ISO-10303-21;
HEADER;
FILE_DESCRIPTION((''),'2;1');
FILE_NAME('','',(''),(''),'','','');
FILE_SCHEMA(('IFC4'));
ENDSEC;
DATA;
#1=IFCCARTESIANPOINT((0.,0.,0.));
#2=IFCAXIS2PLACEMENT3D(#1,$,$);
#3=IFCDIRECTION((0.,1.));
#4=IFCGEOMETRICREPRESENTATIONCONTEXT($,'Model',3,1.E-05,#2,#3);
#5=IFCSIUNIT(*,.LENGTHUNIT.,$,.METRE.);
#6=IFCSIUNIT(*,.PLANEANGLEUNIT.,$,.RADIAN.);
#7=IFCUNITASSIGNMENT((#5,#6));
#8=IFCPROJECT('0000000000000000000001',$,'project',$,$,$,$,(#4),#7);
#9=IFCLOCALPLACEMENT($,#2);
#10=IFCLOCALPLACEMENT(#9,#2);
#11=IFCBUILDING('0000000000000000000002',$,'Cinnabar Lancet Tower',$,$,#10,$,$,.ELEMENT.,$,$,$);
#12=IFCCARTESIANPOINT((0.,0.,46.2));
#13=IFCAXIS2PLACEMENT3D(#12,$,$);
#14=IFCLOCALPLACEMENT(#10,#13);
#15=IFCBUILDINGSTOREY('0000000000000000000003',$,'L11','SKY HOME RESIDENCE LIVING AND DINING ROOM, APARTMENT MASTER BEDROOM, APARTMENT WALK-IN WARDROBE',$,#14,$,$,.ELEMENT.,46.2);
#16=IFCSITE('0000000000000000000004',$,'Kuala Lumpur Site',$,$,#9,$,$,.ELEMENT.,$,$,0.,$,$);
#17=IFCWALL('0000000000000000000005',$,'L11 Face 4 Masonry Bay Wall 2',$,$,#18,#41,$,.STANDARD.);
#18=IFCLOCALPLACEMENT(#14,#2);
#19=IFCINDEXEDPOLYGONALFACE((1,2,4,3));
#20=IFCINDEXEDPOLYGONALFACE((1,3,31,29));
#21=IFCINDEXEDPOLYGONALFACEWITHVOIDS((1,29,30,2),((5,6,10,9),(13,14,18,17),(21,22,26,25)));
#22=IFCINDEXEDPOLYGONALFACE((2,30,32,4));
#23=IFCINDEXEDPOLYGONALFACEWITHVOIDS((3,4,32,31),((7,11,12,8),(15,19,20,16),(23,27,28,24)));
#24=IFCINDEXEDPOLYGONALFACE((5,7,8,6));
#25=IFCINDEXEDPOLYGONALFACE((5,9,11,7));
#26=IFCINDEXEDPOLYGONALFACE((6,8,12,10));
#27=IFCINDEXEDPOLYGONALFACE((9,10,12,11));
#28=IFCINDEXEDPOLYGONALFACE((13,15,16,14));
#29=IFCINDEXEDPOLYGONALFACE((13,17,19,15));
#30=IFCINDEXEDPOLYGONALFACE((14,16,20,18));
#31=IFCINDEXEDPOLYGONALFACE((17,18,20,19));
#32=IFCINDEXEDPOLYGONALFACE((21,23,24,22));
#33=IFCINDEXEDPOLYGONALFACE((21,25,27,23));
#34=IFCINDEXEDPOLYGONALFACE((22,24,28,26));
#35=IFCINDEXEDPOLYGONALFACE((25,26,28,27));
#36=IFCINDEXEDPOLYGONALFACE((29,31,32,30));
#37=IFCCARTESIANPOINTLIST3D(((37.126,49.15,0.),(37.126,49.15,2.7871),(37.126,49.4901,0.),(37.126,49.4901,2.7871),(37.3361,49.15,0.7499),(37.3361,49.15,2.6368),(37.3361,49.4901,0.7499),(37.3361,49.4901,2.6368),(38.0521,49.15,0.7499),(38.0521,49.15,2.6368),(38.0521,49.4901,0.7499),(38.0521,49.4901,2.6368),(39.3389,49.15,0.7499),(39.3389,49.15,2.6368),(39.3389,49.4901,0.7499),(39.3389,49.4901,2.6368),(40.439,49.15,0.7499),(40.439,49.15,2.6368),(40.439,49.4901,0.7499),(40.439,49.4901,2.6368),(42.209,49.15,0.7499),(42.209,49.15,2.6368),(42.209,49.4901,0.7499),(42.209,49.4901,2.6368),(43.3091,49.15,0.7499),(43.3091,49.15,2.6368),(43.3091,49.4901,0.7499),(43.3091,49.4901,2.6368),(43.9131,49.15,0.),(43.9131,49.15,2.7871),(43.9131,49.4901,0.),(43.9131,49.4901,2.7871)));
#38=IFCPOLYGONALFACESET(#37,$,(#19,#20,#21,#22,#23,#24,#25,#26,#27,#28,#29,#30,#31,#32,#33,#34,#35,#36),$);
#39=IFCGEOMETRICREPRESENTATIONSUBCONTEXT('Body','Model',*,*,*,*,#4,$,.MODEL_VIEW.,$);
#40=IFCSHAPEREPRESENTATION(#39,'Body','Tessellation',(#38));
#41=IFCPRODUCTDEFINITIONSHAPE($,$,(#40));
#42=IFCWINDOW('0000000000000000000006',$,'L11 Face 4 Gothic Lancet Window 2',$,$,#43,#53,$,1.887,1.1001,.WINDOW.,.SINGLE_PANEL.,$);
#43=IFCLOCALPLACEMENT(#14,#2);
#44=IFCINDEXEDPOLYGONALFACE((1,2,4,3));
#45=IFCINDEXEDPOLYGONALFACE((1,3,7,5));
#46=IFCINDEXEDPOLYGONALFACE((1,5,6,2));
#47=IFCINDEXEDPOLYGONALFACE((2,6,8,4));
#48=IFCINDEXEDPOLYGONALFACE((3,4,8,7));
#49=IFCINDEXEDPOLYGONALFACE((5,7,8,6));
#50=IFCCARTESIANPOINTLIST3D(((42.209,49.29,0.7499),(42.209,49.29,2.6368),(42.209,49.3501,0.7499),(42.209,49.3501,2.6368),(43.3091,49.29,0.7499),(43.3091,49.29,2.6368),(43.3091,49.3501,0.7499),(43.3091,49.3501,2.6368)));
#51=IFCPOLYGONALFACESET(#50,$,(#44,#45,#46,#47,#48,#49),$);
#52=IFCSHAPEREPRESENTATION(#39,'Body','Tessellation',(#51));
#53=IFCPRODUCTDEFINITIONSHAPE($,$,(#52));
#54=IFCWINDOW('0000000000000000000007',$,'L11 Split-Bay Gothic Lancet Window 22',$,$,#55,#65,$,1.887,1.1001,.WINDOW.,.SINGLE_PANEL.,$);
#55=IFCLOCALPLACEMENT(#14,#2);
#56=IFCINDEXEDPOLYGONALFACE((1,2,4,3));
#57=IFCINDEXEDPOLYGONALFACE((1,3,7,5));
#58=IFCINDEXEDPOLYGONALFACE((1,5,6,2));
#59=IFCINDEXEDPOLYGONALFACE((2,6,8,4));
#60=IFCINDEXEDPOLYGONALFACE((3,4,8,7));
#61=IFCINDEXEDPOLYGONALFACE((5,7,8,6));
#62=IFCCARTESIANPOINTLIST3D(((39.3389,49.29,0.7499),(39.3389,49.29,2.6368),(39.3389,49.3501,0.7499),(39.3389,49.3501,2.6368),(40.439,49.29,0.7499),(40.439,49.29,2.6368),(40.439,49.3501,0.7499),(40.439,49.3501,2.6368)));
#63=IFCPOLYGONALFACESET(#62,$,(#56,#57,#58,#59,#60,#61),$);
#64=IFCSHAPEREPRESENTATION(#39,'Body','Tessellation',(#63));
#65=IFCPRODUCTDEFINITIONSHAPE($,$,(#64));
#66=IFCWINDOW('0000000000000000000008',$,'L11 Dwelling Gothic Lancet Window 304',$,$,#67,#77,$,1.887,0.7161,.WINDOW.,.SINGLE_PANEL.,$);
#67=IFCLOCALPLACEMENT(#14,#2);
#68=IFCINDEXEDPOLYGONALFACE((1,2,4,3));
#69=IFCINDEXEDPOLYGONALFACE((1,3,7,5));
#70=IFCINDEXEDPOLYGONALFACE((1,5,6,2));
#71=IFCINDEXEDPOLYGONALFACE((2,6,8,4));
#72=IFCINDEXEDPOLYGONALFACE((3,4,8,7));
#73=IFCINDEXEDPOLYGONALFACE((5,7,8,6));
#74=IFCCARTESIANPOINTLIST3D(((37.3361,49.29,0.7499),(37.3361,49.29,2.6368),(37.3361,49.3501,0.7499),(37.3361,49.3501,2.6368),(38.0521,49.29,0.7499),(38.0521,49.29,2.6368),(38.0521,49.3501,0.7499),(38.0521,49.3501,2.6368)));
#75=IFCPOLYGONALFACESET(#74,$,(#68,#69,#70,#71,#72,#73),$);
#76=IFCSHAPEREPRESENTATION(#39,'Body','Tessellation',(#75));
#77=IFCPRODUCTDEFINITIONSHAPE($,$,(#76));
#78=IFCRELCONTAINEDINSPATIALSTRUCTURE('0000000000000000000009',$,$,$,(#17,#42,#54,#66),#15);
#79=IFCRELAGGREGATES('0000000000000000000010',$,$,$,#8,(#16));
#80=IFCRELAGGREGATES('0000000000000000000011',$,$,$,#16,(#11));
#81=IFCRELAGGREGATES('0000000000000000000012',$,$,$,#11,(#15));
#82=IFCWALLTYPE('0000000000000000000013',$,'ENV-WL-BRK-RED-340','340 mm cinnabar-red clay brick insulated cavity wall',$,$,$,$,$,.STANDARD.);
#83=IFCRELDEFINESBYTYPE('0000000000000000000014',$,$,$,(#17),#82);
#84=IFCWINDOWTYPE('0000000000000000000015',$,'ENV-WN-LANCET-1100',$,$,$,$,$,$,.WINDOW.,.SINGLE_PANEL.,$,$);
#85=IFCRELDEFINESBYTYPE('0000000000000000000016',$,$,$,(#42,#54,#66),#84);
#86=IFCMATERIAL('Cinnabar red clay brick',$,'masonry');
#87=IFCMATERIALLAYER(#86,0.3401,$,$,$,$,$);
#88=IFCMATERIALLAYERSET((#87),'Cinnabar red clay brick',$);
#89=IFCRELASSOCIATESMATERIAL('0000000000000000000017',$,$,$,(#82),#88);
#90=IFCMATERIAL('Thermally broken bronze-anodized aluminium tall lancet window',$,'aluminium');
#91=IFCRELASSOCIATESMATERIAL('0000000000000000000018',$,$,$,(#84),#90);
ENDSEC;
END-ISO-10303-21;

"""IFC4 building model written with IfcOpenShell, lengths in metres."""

from ifc_helpers import new_model, si_unit, direction, frame, frame_2d, origin, place, context, subcontext, project, spatial, rectangle, extrude, material, layer, layer_set, type_object, element, fill, save


model = new_model("IFC4")

# Units and contexts
model_context = context("Model", 3, precision=1e-05, world=origin(), true_north=direction((0.0, 1.0)))
body_context = subcontext(model_context, "Body", "Model", "MODEL_VIEW")
ifc_project = project(units=[si_unit("LENGTHUNIT", "METRE"), si_unit("PLANEANGLEUNIT", "RADIAN")], contexts=[model_context])

# Site, building, storey
site_placement = place(None, origin())
site = spatial("IfcSite", under=ifc_project, at=site_placement, Name="Kuala Lumpur Site", CompositionType="ELEMENT", RefElevation=0.0)
building_placement = place(site_placement, origin())
building = spatial("IfcBuilding", under=site, at=building_placement, Name="Cinnabar Lancet Tower", CompositionType="ELEMENT")
storey_placement = place(building_placement, frame((0.0, 0.0, 46.2)))
storey = spatial("IfcBuildingStorey", under=building, at=storey_placement, Name="L11", Description="SKY HOME RESIDENCE LIVING AND DINING ROOM, APARTMENT MASTER BEDROOM, APARTMENT WALK-IN WARDROBE", CompositionType="ELEMENT", Elevation=46.2)

# Wall, openings, windows
ifc_material_1 = material(Name="Cinnabar red clay brick", Category="masonry")
ifc_layer_1 = layer(ifc_material_1, 0.3401)
ifc_layer_set_1 = layer_set([ifc_layer_1], Name="Cinnabar red clay brick")
wall_type_1 = type_object("IfcWallType", Name="ENV-WL-BRK-RED-340", Description="340 mm cinnabar-red clay brick insulated cavity wall", PredefinedType="STANDARD", material=ifc_layer_set_1)
wall_1_placement = place(storey_placement, frame((43.9131, 49.3201, 0.0), z_axis=(0.0, 0.0, 1.0), x_axis=(-1.0, 0.0, 0.0)))
wall_1 = element("IfcWall", 1, at=wall_1_placement, inside=storey, type_object=wall_type_1, Name="L11 Face 4 Masonry Bay Wall 2", PredefinedType="STANDARD", context=body_context, shape_type="SweptSolid", body=[
    extrude(rectangle(XDim=6.7871, YDim=0.3401, at=frame_2d((3.3936, 0.0))), origin(), (0.0, 0.0, 1.0), 2.7871),
])
opening_1_placement = place(wall_1_placement, frame((0.604, 0.0, 0.75)))
opening_1 = element("IfcOpeningElement", 2, at=opening_1_placement, cuts=wall_1, PredefinedType="OPENING", context=body_context, shape_type="SweptSolid", body=[
    extrude(rectangle(XDim=1.1001, YDim=1.887, at=frame_2d((0.55, 0.9434))), frame((0.0, 0.1799, 0.0), z_axis=(0.0, -1.0, 0.0), x_axis=(1.0, 0.0, 0.0)), (0.0, 0.0, 1.0), 0.3601),
])
opening_2_placement = place(wall_1_placement, frame((3.4741, 0.0, 0.75)))
opening_2 = element("IfcOpeningElement", 3, at=opening_2_placement, cuts=wall_1, PredefinedType="OPENING", context=body_context, shape_type="SweptSolid", body=[
    extrude(rectangle(XDim=1.1001, YDim=1.887, at=frame_2d((0.55, 0.9434))), frame((0.0, 0.1799, 0.0), z_axis=(0.0, -1.0, 0.0), x_axis=(1.0, 0.0, 0.0)), (0.0, 0.0, 1.0), 0.3601),
])
opening_3_placement = place(wall_1_placement, frame((5.8611, 0.0, 0.75)))
opening_3 = element("IfcOpeningElement", 4, at=opening_3_placement, cuts=wall_1, PredefinedType="OPENING", context=body_context, shape_type="SweptSolid", body=[
    extrude(rectangle(XDim=0.7161, YDim=1.887, at=frame_2d((0.3579, 0.9434))), frame((0.0, 0.1799, 0.0), z_axis=(0.0, -1.0, 0.0), x_axis=(1.0, 0.0, 0.0)), (0.0, 0.0, 1.0), 0.3601),
])
ifc_material_2 = material(Name="Thermally broken bronze-anodized aluminium tall lancet window", Category="aluminium")
window_type = type_object("IfcWindowType", Name="ENV-WN-LANCET-1100", PartitioningType="SINGLE_PANEL", PredefinedType="WINDOW", material=ifc_material_2)
window_1_placement = place(opening_1_placement, origin())
window_1 = element("IfcWindow", 5, at=window_1_placement, inside=storey, type_object=window_type, Name="L11 Face 4 Gothic Lancet Window 2", OverallHeight=1.887, OverallWidth=1.1001, PartitioningType="SINGLE_PANEL", PredefinedType="WINDOW", context=body_context, shape_type="SweptSolid", body=[
    extrude(rectangle(XDim=1.1001, YDim=1.887, at=frame_2d((0.55, 0.9434))), frame((0.0, 0.03, 0.0), z_axis=(0.0, -1.0, 0.0), x_axis=(1.0, 0.0, 0.0)), (0.0, 0.0, 1.0), 0.0601),
])
fill(opening_1, window_1)
window_2_placement = place(opening_2_placement, origin())
window_2 = element("IfcWindow", 6, at=window_2_placement, inside=storey, type_object=window_type, Name="L11 Split-Bay Gothic Lancet Window 22", OverallHeight=1.887, OverallWidth=1.1001, PartitioningType="SINGLE_PANEL", PredefinedType="WINDOW", context=body_context, shape_type="SweptSolid", body=[
    extrude(rectangle(XDim=1.1001, YDim=1.887, at=frame_2d((0.55, 0.9434))), frame((0.0, 0.03, 0.0), z_axis=(0.0, -1.0, 0.0), x_axis=(1.0, 0.0, 0.0)), (0.0, 0.0, 1.0), 0.0601),
])
fill(opening_2, window_2)
window_3_placement = place(opening_3_placement, origin())
window_3 = element("IfcWindow", 7, at=window_3_placement, inside=storey, type_object=window_type, Name="L11 Dwelling Gothic Lancet Window 304", OverallHeight=1.887, OverallWidth=0.7161, PartitioningType="SINGLE_PANEL", PredefinedType="WINDOW", context=body_context, shape_type="SweptSolid", body=[
    extrude(rectangle(XDim=0.7161, YDim=1.887, at=frame_2d((0.3579, 0.9434))), frame((0.0, 0.03, 0.0), z_axis=(0.0, -1.0, 0.0), x_axis=(1.0, 0.0, 0.0)), (0.0, 0.0, 1.0), 0.0601),
])
fill(opening_3, window_3)

save(model, "model.ifc")
